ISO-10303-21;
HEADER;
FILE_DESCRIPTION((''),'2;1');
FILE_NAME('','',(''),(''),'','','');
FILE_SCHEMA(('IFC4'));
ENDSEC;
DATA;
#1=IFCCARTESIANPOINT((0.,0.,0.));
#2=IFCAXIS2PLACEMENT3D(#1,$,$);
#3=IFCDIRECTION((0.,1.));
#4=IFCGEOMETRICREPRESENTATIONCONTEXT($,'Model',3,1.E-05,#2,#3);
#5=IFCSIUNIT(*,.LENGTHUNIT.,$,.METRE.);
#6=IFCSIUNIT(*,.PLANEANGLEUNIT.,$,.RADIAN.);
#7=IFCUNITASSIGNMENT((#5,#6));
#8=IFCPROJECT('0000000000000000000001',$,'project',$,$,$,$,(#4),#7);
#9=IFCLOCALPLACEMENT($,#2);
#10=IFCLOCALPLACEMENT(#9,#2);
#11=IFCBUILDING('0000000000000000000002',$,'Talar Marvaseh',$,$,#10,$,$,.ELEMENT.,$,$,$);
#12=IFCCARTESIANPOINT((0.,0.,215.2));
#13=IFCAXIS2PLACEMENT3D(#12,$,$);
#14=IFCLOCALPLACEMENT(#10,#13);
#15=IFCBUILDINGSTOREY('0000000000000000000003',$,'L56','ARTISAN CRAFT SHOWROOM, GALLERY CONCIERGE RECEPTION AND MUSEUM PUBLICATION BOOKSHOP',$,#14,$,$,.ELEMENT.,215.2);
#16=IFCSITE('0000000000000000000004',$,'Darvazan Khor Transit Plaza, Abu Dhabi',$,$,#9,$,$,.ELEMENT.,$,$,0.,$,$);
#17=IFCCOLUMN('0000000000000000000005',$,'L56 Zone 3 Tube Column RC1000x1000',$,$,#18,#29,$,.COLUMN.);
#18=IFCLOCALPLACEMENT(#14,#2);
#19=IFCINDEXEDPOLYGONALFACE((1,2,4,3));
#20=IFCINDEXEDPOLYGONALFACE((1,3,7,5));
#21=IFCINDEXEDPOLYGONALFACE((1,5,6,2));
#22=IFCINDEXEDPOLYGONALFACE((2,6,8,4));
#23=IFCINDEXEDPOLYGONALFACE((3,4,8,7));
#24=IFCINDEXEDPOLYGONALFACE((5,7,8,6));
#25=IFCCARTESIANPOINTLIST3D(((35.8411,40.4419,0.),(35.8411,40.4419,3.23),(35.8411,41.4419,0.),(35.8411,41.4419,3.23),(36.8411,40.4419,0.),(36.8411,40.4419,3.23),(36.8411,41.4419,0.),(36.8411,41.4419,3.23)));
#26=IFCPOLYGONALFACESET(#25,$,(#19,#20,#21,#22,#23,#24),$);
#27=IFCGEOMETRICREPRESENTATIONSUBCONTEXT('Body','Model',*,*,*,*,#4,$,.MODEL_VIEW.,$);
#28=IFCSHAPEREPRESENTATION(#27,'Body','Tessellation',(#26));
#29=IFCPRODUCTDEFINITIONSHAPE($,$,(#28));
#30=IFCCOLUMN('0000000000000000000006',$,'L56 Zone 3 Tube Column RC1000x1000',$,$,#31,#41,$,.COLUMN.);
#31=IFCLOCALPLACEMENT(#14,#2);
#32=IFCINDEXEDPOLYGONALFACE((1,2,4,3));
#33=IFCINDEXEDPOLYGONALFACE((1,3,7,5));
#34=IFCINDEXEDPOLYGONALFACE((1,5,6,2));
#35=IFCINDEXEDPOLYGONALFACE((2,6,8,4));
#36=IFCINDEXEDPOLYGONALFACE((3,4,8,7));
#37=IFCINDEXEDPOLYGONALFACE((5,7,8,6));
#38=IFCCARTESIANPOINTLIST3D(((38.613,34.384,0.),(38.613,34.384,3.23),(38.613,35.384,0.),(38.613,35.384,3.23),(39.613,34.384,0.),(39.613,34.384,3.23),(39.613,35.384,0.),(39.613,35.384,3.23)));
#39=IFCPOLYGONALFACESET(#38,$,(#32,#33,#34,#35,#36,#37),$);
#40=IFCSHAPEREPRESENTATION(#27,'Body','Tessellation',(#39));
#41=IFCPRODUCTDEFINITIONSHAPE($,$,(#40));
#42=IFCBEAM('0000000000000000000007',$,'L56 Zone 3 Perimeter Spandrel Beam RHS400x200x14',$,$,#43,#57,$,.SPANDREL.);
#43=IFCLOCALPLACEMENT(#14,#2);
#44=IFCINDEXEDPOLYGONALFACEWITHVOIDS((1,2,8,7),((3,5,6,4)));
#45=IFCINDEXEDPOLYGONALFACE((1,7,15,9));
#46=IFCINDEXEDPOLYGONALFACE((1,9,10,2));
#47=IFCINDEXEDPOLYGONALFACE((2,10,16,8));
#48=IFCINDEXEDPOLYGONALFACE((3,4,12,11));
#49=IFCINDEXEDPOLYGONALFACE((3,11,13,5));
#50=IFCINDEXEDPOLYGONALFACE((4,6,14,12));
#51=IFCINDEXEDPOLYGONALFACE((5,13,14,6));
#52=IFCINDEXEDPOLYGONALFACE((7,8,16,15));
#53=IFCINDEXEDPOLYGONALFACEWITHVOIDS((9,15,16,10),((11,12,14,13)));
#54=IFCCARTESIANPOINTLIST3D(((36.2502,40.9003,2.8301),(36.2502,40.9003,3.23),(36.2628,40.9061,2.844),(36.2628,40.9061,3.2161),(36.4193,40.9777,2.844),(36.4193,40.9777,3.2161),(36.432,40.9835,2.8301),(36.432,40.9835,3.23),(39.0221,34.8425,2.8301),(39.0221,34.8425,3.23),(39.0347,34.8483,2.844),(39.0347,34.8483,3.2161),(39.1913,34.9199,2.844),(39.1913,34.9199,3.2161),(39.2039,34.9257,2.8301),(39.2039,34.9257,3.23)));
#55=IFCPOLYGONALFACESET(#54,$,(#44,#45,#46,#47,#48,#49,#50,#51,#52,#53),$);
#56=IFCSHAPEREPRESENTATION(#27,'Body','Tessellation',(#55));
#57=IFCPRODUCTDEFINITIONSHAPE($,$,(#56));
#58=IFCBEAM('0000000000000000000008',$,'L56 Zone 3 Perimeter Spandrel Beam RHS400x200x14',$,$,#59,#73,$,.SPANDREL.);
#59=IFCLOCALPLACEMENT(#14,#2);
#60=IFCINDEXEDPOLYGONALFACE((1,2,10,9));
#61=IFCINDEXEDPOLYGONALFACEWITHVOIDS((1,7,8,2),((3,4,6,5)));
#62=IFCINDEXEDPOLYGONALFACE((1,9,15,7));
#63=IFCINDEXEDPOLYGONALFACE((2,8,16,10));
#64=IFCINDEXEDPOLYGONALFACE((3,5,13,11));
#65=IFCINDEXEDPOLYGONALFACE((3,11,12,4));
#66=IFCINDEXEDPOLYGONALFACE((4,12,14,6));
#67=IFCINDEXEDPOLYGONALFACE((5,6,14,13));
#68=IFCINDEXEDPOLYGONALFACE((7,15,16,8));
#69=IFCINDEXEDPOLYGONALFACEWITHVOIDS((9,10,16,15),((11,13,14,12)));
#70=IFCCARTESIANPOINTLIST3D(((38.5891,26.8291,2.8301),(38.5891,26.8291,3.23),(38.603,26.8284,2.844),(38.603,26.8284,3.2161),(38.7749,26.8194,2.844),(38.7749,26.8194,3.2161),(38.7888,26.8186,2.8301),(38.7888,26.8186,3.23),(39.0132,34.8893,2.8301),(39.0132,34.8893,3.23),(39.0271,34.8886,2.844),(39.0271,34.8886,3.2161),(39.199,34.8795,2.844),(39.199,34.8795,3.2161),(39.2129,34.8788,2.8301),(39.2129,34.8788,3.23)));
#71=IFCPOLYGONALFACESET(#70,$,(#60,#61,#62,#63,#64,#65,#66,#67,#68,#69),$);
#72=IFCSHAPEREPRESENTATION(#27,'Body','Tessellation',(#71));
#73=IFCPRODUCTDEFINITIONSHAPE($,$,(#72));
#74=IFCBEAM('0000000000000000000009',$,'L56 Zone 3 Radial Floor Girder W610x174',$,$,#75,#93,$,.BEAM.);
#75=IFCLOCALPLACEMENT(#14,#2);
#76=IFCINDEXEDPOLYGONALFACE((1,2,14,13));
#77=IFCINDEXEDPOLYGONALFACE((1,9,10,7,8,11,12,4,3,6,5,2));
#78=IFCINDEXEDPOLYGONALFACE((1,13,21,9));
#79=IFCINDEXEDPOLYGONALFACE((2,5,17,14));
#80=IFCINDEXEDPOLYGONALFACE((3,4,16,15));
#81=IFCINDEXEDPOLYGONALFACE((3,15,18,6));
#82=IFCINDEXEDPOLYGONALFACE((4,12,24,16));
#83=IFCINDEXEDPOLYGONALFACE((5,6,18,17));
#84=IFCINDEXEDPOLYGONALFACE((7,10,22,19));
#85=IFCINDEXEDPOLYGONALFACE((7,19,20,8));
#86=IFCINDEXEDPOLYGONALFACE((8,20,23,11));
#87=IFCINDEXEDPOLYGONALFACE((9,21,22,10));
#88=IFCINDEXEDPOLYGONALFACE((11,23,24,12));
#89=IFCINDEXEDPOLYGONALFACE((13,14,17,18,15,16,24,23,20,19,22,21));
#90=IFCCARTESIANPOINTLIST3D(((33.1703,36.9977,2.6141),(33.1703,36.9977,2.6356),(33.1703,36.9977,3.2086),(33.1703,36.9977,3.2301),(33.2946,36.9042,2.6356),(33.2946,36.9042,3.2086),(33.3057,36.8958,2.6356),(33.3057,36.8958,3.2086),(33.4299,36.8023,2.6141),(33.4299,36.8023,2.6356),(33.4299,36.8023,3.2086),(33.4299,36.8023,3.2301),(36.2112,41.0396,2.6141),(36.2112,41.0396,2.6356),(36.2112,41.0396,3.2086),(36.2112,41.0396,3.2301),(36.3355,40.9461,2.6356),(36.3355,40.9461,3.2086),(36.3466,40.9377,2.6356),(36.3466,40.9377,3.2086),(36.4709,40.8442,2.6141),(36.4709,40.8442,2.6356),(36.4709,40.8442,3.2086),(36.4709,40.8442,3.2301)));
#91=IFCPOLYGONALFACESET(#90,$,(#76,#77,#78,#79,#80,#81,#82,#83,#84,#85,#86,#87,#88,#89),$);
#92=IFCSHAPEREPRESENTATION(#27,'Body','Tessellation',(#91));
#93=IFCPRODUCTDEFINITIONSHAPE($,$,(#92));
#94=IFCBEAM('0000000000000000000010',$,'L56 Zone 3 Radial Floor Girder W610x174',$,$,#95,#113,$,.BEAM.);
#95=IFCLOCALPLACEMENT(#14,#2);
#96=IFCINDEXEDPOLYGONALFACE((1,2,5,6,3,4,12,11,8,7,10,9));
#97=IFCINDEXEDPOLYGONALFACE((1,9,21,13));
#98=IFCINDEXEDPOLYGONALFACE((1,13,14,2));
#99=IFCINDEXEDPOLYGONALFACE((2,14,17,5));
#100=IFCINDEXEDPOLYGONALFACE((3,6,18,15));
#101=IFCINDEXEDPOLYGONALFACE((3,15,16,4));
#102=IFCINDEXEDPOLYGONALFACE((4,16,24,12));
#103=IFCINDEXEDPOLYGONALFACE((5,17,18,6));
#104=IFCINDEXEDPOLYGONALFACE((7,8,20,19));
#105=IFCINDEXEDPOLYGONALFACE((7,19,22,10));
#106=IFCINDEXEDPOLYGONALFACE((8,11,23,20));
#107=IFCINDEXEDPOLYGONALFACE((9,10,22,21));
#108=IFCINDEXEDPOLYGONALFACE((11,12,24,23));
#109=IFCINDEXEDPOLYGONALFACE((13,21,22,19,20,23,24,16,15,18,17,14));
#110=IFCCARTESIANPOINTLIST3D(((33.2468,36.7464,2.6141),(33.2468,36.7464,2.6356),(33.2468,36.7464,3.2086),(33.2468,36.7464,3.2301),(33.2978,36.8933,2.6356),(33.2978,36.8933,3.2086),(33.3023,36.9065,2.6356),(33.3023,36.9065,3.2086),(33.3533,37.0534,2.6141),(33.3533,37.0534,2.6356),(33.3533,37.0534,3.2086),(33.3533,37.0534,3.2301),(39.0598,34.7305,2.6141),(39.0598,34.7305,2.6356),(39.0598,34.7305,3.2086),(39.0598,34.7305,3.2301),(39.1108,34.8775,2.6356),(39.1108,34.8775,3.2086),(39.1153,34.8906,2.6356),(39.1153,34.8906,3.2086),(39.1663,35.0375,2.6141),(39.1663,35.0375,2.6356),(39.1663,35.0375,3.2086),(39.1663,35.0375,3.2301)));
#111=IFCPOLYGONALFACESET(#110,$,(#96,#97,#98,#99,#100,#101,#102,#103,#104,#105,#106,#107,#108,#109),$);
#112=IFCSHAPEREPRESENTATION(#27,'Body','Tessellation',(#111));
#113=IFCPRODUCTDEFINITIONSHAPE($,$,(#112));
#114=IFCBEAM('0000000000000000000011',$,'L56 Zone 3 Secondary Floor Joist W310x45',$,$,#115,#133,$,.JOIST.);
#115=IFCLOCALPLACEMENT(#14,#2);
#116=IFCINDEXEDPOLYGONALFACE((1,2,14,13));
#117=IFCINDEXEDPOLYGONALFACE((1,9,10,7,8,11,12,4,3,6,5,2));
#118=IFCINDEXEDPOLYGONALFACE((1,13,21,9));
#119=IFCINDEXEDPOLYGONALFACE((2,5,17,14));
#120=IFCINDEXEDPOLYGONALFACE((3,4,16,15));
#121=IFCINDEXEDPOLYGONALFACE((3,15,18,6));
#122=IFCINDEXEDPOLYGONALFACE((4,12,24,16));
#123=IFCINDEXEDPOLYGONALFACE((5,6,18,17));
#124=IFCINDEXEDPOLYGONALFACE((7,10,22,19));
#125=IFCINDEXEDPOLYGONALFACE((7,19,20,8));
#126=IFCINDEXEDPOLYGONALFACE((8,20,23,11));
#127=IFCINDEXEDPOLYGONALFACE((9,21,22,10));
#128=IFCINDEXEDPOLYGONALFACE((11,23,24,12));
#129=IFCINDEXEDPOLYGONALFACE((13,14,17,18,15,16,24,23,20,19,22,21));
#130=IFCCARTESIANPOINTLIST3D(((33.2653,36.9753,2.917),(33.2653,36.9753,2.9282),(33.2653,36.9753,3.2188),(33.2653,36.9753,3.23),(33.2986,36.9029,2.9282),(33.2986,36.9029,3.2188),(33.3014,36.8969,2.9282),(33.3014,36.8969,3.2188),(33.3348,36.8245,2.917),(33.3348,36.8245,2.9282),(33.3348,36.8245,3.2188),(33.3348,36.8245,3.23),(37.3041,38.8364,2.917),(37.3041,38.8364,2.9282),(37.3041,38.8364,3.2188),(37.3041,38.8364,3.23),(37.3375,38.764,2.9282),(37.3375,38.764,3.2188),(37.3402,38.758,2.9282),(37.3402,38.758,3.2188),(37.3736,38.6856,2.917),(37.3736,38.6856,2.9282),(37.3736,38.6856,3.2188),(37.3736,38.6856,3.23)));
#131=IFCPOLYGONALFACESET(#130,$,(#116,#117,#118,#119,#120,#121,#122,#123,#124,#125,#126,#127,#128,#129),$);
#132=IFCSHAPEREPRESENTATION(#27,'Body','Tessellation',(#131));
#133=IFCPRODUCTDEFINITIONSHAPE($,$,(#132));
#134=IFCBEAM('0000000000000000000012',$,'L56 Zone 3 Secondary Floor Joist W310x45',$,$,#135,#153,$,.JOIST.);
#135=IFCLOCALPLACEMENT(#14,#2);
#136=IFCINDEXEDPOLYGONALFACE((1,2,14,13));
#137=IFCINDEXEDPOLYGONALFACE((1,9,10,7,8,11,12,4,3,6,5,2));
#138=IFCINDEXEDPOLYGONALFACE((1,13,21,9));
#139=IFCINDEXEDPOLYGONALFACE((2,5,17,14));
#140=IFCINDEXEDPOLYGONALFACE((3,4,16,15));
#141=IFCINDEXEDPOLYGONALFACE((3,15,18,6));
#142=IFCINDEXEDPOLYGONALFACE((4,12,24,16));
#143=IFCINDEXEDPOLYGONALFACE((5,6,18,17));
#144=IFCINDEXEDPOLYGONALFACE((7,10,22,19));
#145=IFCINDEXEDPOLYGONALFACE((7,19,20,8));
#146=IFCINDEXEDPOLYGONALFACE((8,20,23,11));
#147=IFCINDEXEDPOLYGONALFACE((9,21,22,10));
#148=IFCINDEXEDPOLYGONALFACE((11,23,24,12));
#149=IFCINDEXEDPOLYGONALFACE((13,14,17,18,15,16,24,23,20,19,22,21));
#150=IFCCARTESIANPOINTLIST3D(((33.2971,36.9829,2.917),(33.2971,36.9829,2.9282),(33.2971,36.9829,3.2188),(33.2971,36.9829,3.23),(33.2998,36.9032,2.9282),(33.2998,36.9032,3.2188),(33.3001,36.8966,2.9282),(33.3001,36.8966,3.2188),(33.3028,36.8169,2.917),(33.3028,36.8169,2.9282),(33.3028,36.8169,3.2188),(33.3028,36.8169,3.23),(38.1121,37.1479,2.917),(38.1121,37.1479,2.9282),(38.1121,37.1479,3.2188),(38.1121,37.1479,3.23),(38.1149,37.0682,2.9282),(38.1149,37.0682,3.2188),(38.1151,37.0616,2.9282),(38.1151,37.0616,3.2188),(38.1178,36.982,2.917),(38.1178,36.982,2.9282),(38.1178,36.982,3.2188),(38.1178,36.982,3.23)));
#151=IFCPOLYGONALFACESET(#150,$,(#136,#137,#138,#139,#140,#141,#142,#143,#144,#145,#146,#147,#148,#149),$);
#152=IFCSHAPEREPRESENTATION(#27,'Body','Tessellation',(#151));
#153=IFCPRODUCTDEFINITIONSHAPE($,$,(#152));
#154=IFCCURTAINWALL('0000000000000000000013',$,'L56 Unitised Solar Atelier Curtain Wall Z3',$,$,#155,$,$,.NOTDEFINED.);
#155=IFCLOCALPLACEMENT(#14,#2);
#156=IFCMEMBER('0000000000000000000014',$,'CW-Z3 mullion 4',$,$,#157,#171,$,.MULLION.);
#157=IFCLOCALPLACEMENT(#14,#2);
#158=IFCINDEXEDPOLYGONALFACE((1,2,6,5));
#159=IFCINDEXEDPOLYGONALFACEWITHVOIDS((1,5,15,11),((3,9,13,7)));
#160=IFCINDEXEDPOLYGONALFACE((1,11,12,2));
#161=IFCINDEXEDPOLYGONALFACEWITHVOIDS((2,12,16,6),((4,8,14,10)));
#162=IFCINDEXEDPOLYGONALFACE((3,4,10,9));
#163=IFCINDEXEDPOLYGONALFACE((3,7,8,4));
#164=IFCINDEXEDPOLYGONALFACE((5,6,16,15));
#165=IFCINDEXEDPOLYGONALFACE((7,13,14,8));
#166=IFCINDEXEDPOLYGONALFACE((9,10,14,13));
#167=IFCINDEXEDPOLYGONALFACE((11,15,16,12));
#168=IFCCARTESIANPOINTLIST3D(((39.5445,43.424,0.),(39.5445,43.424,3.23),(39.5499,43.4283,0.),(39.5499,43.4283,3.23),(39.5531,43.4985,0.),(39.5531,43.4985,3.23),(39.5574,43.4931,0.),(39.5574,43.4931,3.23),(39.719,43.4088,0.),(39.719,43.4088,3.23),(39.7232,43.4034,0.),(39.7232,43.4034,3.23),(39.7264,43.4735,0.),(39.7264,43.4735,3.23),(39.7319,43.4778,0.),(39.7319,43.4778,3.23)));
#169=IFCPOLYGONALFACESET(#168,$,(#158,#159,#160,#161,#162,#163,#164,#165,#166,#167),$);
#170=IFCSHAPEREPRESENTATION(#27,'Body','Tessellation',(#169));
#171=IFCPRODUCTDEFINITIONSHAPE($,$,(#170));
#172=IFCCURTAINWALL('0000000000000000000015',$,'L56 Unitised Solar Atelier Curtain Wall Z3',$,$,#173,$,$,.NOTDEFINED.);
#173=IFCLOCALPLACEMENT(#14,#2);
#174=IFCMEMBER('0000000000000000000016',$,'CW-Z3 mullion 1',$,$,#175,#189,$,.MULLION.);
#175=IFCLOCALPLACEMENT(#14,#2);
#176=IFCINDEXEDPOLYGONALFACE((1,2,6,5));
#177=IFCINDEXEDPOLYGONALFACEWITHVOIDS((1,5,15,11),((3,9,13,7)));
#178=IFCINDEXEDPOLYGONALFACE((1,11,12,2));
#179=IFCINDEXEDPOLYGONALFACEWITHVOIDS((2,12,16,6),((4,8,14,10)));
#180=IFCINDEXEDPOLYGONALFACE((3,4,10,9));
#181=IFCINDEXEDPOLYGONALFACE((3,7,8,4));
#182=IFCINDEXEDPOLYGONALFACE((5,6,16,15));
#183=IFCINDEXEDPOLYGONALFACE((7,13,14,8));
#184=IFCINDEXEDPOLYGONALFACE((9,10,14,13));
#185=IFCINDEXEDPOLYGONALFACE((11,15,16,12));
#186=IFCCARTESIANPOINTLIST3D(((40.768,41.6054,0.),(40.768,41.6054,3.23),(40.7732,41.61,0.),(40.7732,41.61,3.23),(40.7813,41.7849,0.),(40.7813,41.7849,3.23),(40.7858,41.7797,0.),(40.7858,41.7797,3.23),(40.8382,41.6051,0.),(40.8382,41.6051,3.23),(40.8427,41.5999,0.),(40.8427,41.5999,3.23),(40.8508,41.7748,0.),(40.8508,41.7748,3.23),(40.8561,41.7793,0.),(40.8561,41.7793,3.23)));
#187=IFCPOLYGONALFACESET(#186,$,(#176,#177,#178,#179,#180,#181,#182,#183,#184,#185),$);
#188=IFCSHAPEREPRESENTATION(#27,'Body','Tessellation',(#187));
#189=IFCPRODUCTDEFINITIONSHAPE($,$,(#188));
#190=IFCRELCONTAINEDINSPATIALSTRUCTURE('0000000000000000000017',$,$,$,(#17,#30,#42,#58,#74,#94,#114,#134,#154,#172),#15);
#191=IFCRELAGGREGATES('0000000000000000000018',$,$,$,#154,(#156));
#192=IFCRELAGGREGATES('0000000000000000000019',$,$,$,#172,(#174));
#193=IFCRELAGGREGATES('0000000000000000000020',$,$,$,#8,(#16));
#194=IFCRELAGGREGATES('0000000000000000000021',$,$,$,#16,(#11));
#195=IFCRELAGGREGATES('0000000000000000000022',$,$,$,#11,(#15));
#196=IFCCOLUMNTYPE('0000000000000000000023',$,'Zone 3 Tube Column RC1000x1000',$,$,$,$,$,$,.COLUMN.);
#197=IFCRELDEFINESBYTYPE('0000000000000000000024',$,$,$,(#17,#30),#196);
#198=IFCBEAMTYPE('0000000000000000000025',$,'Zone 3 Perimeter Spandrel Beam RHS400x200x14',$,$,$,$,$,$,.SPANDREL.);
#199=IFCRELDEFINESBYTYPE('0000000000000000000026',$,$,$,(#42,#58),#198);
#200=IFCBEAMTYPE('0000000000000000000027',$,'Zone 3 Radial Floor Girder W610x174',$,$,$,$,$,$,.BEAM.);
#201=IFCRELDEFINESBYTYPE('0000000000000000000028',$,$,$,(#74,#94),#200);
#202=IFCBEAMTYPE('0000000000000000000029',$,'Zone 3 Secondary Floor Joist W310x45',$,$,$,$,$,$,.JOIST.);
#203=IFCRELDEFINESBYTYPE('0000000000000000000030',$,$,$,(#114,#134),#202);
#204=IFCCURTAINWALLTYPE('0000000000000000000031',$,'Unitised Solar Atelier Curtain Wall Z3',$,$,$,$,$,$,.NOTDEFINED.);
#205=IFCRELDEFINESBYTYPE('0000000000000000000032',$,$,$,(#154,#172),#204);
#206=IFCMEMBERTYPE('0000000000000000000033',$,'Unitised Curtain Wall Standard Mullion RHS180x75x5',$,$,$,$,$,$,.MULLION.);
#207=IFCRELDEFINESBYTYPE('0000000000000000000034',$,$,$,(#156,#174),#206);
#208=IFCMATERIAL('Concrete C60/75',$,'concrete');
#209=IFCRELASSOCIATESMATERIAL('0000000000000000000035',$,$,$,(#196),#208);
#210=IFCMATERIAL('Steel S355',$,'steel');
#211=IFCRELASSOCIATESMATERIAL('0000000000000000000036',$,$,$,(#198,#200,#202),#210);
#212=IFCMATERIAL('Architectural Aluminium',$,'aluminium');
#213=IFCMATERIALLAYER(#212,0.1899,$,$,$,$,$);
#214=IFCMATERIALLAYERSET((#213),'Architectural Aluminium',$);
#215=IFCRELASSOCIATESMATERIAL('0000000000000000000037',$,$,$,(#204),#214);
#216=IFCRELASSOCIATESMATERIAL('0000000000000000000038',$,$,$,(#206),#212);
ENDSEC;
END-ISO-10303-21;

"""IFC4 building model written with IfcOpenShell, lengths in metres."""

from ifc_helpers import new_model, si_unit, direction, frame, origin, origin_2d, place, context, subcontext, project, spatial, rectangle, hollow_rectangle, i_section, extrude, source, transform, mapped, material, layer, layer_set, material_profile, profile_set, type_object, type_shapes, element, aggregate, save


model = new_model("IFC4")

# Units and contexts
model_context = context("Model", 3, precision=1e-05, world=origin(), true_north=direction((0.0, 1.0)))
body_context = subcontext(model_context, "Body", "Model", "MODEL_VIEW")
ifc_project = project(units=[si_unit("LENGTHUNIT", "METRE"), si_unit("PLANEANGLEUNIT", "RADIAN")], contexts=[model_context])

# Site, building, storey
site_placement = place(None, origin())
site = spatial("IfcSite", under=ifc_project, at=site_placement, Name="Darvazan Khor Transit Plaza, Abu Dhabi", CompositionType="ELEMENT", RefElevation=0.0)
building_placement = place(site_placement, origin())
building = spatial("IfcBuilding", under=site, at=building_placement, Name="Talar Marvaseh", CompositionType="ELEMENT")
storey_placement = place(building_placement, frame((0.0, 0.0, 215.2)))
storey = spatial("IfcBuildingStorey", under=building, at=storey_placement, Name="L56", Description="ARTISAN CRAFT SHOWROOM, GALLERY CONCIERGE RECEPTION AND MUSEUM PUBLICATION BOOKSHOP", CompositionType="ELEMENT", Elevation=215.2)

# Columns
ifc_material_1 = material(Name="Concrete C60/75", Category="concrete")
ifc_material_profile_1 = material_profile(ifc_material_1, rectangle(XDim=1.0, YDim=1.0, at=origin_2d()), Name="RC1000x1000")
ifc_profile_set_1 = profile_set([ifc_material_profile_1], Name="Concrete C60/75")
column_type = type_object("IfcColumnType", Name="Zone 3 Tube Column RC1000x1000", PredefinedType="COLUMN", material=ifc_profile_set_1)
for number, where, z_axis, x_axis, name in (
    (1, (36.3411, 40.9419, 0.0), (0.0, 0.0, 1.0), (1.0, 0.0, 0.0), "L56 Zone 3 Tube Column RC1000x1000"),
    (2, (39.113, 34.884, 0.0), (0.0, 0.0, 1.0), (1.0, 0.0, 0.0), "L56 Zone 3 Tube Column RC1000x1000"),
):
    element("IfcColumn", number, at=place(storey_placement, frame(where, z_axis=z_axis, x_axis=x_axis)), inside=storey, type_object=column_type, Name=name, PredefinedType="COLUMN", context=body_context, shape_type="SweptSolid", body=[
        extrude(rectangle(XDim=1.0, YDim=1.0, at=origin_2d()), origin(), (0.0, 0.0, 1.0), 3.23),
    ])

# Beams
ifc_material_2 = material(Name="Steel S355", Category="steel")
ifc_material_profile_2 = material_profile(ifc_material_2, hollow_rectangle(XDim=0.2, YDim=0.3999, WallThickness=0.0139, at=origin_2d()), Name="RHS400x200x14")
ifc_profile_set_2 = profile_set([ifc_material_profile_2], Name="Steel S355")
beam_type_1 = type_object("IfcBeamType", Name="Zone 3 Perimeter Spandrel Beam RHS400x200x14", PredefinedType="SPANDREL", material=ifc_profile_set_2)
beam_1_placement = place(storey_placement, frame((36.3411, 40.9419, 3.03), z_axis=(0.416091, -0.909323, 0.0), x_axis=(0.909323, 0.416091, 0.0)))
element("IfcBeam", 3, at=beam_1_placement, inside=storey, type_object=beam_type_1, Name="L56 Zone 3 Perimeter Spandrel Beam RHS400x200x14", PredefinedType="SPANDREL", context=body_context, shape_type="SweptSolid", body=[
    extrude(hollow_rectangle(XDim=0.2, YDim=0.3999, WallThickness=0.0139, at=origin_2d()), origin(), (0.0, 0.0, 1.0), 6.6619),
])
beam_2_placement = place(storey_placement, frame((39.113, 34.884, 3.03), z_axis=(-0.052541, -0.998619, 0.0), x_axis=(0.998619, -0.052541, 0.0)))
element("IfcBeam", 4, at=beam_2_placement, inside=storey, type_object=beam_type_1, Name="L56 Zone 3 Perimeter Spandrel Beam RHS400x200x14", PredefinedType="SPANDREL", context=body_context, shape_type="SweptSolid", body=[
    extrude(hollow_rectangle(XDim=0.2, YDim=0.3999, WallThickness=0.0139, at=origin_2d()), origin(), (0.0, 0.0, 1.0), 8.0713),
])
ifc_material_profile_3 = material_profile(ifc_material_2, i_section(OverallWidth=0.325, OverallDepth=0.616, WebThickness=0.0139, FlangeThickness=0.0215, at=origin_2d()), Name="W610x174")
ifc_profile_set_3 = profile_set([ifc_material_profile_3], Name="Steel S355")
beam_type_2 = type_object("IfcBeamType", Name="Zone 3 Radial Floor Girder W610x174", PredefinedType="BEAM", material=ifc_profile_set_3)
beam_3_placement = place(storey_placement, frame((36.3411, 40.9419, 2.9221), z_axis=(-0.601204, -0.799096, 0.0), x_axis=(0.799096, -0.601204, 0.0)))
element("IfcBeam", 5, at=beam_3_placement, inside=storey, type_object=beam_type_2, Name="L56 Zone 3 Radial Floor Girder W610x174", PredefinedType="BEAM", context=body_context, shape_type="SweptSolid", body=[
    extrude(i_section(OverallWidth=0.325, OverallDepth=0.616, WebThickness=0.0139, FlangeThickness=0.0215, at=origin_2d()), origin(), (0.0, 0.0, 1.0), 5.0581),
])
beam_4_placement = place(storey_placement, frame((39.113, 34.884, 2.9221), z_axis=(-0.944801, 0.327645, 0.0), x_axis=(-0.327645, -0.944801, 0.0)))
element("IfcBeam", 6, at=beam_4_placement, inside=storey, type_object=beam_type_2, Name="L56 Zone 3 Radial Floor Girder W610x174", PredefinedType="BEAM", context=body_context, shape_type="SweptSolid", body=[
    extrude(i_section(OverallWidth=0.325, OverallDepth=0.616, WebThickness=0.0139, FlangeThickness=0.0215, at=origin_2d()), origin(), (0.0, 0.0, 1.0), 6.1526),
])
ifc_material_profile_4 = material_profile(ifc_material_2, i_section(OverallWidth=0.166, OverallDepth=0.313, WebThickness=0.0066, FlangeThickness=0.0112, at=origin_2d()), Name="W310x45")
ifc_profile_set_4 = profile_set([ifc_material_profile_4], Name="Steel S355")
beam_type_3 = type_object("IfcBeamType", Name="Zone 3 Secondary Floor Joist W310x45", PredefinedType="JOIST", material=ifc_profile_set_4)
beam_5_placement = place(storey_placement, frame((37.3389, 38.761, 3.0735), z_axis=(-0.908215, -0.418505, 0.0), x_axis=(0.418505, -0.908215, 0.0)))
element("IfcBeam", 7, at=beam_5_placement, inside=storey, type_object=beam_type_3, Name="L56 Zone 3 Secondary Floor Joist W310x45", PredefinedType="JOIST", context=body_context, shape_type="SweptSolid", body=[
    extrude(i_section(OverallWidth=0.166, OverallDepth=0.313, WebThickness=0.0066, FlangeThickness=0.0112, at=origin_2d()), origin(), (0.0, 0.0, 1.0), 4.447),
])
beam_6_placement = place(storey_placement, frame((38.115, 37.0649, 3.0735), z_axis=(-0.999413, -0.034256, 0.0), x_axis=(0.034256, -0.999413, 0.0)))
element("IfcBeam", 8, at=beam_6_placement, inside=storey, type_object=beam_type_3, Name="L56 Zone 3 Secondary Floor Joist W310x45", PredefinedType="JOIST", context=body_context, shape_type="SweptSolid", body=[
    extrude(i_section(OverallWidth=0.166, OverallDepth=0.313, WebThickness=0.0066, FlangeThickness=0.0112, at=origin_2d()), origin(), (0.0, 0.0, 1.0), 4.8179),
])

# Curtain wall, member
ifc_material_3 = material(Name="Architectural Aluminium", Category="aluminium")
ifc_layer_1 = layer(ifc_material_3, 0.1899)
ifc_layer_set_1 = layer_set([ifc_layer_1], Name="Architectural Aluminium")
curtain_wall_type = type_object("IfcCurtainWallType", Name="Unitised Solar Atelier Curtain Wall Z3", PredefinedType="NOTDEFINED", material=ifc_layer_set_1)
curtain_wall_1_placement = place(storey_placement, origin())
curtain_wall_1 = element("IfcCurtainWall", 9, at=curtain_wall_1_placement, inside=storey, type_object=curtain_wall_type, Name="L56 Unitised Solar Atelier Curtain Wall Z3", PredefinedType="NOTDEFINED")
ifc_material_profile_5 = material_profile(ifc_material_3, hollow_rectangle(XDim=0.075, YDim=0.1799, WallThickness=0.0049, at=origin_2d()), Name="RHS180x75x5")
ifc_profile_set_5 = profile_set([ifc_material_profile_5], Name="Architectural Aluminium")
member_type_1 = type_object("IfcMemberType", Name="Unitised Curtain Wall Standard Mullion RHS180x75x5", PredefinedType="MULLION", material=ifc_profile_set_5)
shared_shape_1 = source(origin(), body_context, "Body", "SweptSolid", [
    extrude(hollow_rectangle(XDim=0.075, YDim=0.1799, WallThickness=0.0049, at=origin_2d()), origin(), (0.0, 0.0, 1.0), 3.23),
])
type_shapes(member_type_1, [shared_shape_1])
member_1_placement = place(storey_placement, frame((39.6382, 43.4509, 0.0), z_axis=(0.0, 0.0, 1.0), x_axis=(0.11487, 0.99338, 0.0)))
member_1 = element("IfcMember", 10, at=member_1_placement, type_object=member_type_1, Name="CW-Z3 mullion 4", PredefinedType="MULLION", context=body_context, shape_type="MappedRepresentation", body=[
    mapped(shared_shape_1, transform((0.0, 0.0, 0.0), x_axis=(1.0, 0.0, 0.0), y_axis=(0.0, 1.0, 0.0), z_axis=(0.0, 0.0, 1.0), scale=1.0)),
])

# Curtain wall, member
curtain_wall_2_placement = place(storey_placement, origin())
curtain_wall_2 = element("IfcCurtainWall", 11, at=curtain_wall_2_placement, inside=storey, type_object=curtain_wall_type, Name="L56 Unitised Solar Atelier Curtain Wall Z3", PredefinedType="NOTDEFINED")
member_2_placement = place(storey_placement, frame((40.812, 41.6924, 0.0), z_axis=(0.0, 0.0, 1.0), x_axis=(0.997239, -0.074263, 0.0)))
member_2 = element("IfcMember", 12, at=member_2_placement, type_object=member_type_1, Name="CW-Z3 mullion 1", PredefinedType="MULLION", context=body_context, shape_type="MappedRepresentation", body=[
    mapped(shared_shape_1, transform((0.0, 0.0, 0.0), x_axis=(1.0, 0.0, 0.0), y_axis=(0.0, 1.0, 0.0), z_axis=(0.0, 0.0, 1.0), scale=1.0)),
])

aggregate(curtain_wall_1, [member_1])
aggregate(curtain_wall_2, [member_2])

save(model, "model.ifc")
